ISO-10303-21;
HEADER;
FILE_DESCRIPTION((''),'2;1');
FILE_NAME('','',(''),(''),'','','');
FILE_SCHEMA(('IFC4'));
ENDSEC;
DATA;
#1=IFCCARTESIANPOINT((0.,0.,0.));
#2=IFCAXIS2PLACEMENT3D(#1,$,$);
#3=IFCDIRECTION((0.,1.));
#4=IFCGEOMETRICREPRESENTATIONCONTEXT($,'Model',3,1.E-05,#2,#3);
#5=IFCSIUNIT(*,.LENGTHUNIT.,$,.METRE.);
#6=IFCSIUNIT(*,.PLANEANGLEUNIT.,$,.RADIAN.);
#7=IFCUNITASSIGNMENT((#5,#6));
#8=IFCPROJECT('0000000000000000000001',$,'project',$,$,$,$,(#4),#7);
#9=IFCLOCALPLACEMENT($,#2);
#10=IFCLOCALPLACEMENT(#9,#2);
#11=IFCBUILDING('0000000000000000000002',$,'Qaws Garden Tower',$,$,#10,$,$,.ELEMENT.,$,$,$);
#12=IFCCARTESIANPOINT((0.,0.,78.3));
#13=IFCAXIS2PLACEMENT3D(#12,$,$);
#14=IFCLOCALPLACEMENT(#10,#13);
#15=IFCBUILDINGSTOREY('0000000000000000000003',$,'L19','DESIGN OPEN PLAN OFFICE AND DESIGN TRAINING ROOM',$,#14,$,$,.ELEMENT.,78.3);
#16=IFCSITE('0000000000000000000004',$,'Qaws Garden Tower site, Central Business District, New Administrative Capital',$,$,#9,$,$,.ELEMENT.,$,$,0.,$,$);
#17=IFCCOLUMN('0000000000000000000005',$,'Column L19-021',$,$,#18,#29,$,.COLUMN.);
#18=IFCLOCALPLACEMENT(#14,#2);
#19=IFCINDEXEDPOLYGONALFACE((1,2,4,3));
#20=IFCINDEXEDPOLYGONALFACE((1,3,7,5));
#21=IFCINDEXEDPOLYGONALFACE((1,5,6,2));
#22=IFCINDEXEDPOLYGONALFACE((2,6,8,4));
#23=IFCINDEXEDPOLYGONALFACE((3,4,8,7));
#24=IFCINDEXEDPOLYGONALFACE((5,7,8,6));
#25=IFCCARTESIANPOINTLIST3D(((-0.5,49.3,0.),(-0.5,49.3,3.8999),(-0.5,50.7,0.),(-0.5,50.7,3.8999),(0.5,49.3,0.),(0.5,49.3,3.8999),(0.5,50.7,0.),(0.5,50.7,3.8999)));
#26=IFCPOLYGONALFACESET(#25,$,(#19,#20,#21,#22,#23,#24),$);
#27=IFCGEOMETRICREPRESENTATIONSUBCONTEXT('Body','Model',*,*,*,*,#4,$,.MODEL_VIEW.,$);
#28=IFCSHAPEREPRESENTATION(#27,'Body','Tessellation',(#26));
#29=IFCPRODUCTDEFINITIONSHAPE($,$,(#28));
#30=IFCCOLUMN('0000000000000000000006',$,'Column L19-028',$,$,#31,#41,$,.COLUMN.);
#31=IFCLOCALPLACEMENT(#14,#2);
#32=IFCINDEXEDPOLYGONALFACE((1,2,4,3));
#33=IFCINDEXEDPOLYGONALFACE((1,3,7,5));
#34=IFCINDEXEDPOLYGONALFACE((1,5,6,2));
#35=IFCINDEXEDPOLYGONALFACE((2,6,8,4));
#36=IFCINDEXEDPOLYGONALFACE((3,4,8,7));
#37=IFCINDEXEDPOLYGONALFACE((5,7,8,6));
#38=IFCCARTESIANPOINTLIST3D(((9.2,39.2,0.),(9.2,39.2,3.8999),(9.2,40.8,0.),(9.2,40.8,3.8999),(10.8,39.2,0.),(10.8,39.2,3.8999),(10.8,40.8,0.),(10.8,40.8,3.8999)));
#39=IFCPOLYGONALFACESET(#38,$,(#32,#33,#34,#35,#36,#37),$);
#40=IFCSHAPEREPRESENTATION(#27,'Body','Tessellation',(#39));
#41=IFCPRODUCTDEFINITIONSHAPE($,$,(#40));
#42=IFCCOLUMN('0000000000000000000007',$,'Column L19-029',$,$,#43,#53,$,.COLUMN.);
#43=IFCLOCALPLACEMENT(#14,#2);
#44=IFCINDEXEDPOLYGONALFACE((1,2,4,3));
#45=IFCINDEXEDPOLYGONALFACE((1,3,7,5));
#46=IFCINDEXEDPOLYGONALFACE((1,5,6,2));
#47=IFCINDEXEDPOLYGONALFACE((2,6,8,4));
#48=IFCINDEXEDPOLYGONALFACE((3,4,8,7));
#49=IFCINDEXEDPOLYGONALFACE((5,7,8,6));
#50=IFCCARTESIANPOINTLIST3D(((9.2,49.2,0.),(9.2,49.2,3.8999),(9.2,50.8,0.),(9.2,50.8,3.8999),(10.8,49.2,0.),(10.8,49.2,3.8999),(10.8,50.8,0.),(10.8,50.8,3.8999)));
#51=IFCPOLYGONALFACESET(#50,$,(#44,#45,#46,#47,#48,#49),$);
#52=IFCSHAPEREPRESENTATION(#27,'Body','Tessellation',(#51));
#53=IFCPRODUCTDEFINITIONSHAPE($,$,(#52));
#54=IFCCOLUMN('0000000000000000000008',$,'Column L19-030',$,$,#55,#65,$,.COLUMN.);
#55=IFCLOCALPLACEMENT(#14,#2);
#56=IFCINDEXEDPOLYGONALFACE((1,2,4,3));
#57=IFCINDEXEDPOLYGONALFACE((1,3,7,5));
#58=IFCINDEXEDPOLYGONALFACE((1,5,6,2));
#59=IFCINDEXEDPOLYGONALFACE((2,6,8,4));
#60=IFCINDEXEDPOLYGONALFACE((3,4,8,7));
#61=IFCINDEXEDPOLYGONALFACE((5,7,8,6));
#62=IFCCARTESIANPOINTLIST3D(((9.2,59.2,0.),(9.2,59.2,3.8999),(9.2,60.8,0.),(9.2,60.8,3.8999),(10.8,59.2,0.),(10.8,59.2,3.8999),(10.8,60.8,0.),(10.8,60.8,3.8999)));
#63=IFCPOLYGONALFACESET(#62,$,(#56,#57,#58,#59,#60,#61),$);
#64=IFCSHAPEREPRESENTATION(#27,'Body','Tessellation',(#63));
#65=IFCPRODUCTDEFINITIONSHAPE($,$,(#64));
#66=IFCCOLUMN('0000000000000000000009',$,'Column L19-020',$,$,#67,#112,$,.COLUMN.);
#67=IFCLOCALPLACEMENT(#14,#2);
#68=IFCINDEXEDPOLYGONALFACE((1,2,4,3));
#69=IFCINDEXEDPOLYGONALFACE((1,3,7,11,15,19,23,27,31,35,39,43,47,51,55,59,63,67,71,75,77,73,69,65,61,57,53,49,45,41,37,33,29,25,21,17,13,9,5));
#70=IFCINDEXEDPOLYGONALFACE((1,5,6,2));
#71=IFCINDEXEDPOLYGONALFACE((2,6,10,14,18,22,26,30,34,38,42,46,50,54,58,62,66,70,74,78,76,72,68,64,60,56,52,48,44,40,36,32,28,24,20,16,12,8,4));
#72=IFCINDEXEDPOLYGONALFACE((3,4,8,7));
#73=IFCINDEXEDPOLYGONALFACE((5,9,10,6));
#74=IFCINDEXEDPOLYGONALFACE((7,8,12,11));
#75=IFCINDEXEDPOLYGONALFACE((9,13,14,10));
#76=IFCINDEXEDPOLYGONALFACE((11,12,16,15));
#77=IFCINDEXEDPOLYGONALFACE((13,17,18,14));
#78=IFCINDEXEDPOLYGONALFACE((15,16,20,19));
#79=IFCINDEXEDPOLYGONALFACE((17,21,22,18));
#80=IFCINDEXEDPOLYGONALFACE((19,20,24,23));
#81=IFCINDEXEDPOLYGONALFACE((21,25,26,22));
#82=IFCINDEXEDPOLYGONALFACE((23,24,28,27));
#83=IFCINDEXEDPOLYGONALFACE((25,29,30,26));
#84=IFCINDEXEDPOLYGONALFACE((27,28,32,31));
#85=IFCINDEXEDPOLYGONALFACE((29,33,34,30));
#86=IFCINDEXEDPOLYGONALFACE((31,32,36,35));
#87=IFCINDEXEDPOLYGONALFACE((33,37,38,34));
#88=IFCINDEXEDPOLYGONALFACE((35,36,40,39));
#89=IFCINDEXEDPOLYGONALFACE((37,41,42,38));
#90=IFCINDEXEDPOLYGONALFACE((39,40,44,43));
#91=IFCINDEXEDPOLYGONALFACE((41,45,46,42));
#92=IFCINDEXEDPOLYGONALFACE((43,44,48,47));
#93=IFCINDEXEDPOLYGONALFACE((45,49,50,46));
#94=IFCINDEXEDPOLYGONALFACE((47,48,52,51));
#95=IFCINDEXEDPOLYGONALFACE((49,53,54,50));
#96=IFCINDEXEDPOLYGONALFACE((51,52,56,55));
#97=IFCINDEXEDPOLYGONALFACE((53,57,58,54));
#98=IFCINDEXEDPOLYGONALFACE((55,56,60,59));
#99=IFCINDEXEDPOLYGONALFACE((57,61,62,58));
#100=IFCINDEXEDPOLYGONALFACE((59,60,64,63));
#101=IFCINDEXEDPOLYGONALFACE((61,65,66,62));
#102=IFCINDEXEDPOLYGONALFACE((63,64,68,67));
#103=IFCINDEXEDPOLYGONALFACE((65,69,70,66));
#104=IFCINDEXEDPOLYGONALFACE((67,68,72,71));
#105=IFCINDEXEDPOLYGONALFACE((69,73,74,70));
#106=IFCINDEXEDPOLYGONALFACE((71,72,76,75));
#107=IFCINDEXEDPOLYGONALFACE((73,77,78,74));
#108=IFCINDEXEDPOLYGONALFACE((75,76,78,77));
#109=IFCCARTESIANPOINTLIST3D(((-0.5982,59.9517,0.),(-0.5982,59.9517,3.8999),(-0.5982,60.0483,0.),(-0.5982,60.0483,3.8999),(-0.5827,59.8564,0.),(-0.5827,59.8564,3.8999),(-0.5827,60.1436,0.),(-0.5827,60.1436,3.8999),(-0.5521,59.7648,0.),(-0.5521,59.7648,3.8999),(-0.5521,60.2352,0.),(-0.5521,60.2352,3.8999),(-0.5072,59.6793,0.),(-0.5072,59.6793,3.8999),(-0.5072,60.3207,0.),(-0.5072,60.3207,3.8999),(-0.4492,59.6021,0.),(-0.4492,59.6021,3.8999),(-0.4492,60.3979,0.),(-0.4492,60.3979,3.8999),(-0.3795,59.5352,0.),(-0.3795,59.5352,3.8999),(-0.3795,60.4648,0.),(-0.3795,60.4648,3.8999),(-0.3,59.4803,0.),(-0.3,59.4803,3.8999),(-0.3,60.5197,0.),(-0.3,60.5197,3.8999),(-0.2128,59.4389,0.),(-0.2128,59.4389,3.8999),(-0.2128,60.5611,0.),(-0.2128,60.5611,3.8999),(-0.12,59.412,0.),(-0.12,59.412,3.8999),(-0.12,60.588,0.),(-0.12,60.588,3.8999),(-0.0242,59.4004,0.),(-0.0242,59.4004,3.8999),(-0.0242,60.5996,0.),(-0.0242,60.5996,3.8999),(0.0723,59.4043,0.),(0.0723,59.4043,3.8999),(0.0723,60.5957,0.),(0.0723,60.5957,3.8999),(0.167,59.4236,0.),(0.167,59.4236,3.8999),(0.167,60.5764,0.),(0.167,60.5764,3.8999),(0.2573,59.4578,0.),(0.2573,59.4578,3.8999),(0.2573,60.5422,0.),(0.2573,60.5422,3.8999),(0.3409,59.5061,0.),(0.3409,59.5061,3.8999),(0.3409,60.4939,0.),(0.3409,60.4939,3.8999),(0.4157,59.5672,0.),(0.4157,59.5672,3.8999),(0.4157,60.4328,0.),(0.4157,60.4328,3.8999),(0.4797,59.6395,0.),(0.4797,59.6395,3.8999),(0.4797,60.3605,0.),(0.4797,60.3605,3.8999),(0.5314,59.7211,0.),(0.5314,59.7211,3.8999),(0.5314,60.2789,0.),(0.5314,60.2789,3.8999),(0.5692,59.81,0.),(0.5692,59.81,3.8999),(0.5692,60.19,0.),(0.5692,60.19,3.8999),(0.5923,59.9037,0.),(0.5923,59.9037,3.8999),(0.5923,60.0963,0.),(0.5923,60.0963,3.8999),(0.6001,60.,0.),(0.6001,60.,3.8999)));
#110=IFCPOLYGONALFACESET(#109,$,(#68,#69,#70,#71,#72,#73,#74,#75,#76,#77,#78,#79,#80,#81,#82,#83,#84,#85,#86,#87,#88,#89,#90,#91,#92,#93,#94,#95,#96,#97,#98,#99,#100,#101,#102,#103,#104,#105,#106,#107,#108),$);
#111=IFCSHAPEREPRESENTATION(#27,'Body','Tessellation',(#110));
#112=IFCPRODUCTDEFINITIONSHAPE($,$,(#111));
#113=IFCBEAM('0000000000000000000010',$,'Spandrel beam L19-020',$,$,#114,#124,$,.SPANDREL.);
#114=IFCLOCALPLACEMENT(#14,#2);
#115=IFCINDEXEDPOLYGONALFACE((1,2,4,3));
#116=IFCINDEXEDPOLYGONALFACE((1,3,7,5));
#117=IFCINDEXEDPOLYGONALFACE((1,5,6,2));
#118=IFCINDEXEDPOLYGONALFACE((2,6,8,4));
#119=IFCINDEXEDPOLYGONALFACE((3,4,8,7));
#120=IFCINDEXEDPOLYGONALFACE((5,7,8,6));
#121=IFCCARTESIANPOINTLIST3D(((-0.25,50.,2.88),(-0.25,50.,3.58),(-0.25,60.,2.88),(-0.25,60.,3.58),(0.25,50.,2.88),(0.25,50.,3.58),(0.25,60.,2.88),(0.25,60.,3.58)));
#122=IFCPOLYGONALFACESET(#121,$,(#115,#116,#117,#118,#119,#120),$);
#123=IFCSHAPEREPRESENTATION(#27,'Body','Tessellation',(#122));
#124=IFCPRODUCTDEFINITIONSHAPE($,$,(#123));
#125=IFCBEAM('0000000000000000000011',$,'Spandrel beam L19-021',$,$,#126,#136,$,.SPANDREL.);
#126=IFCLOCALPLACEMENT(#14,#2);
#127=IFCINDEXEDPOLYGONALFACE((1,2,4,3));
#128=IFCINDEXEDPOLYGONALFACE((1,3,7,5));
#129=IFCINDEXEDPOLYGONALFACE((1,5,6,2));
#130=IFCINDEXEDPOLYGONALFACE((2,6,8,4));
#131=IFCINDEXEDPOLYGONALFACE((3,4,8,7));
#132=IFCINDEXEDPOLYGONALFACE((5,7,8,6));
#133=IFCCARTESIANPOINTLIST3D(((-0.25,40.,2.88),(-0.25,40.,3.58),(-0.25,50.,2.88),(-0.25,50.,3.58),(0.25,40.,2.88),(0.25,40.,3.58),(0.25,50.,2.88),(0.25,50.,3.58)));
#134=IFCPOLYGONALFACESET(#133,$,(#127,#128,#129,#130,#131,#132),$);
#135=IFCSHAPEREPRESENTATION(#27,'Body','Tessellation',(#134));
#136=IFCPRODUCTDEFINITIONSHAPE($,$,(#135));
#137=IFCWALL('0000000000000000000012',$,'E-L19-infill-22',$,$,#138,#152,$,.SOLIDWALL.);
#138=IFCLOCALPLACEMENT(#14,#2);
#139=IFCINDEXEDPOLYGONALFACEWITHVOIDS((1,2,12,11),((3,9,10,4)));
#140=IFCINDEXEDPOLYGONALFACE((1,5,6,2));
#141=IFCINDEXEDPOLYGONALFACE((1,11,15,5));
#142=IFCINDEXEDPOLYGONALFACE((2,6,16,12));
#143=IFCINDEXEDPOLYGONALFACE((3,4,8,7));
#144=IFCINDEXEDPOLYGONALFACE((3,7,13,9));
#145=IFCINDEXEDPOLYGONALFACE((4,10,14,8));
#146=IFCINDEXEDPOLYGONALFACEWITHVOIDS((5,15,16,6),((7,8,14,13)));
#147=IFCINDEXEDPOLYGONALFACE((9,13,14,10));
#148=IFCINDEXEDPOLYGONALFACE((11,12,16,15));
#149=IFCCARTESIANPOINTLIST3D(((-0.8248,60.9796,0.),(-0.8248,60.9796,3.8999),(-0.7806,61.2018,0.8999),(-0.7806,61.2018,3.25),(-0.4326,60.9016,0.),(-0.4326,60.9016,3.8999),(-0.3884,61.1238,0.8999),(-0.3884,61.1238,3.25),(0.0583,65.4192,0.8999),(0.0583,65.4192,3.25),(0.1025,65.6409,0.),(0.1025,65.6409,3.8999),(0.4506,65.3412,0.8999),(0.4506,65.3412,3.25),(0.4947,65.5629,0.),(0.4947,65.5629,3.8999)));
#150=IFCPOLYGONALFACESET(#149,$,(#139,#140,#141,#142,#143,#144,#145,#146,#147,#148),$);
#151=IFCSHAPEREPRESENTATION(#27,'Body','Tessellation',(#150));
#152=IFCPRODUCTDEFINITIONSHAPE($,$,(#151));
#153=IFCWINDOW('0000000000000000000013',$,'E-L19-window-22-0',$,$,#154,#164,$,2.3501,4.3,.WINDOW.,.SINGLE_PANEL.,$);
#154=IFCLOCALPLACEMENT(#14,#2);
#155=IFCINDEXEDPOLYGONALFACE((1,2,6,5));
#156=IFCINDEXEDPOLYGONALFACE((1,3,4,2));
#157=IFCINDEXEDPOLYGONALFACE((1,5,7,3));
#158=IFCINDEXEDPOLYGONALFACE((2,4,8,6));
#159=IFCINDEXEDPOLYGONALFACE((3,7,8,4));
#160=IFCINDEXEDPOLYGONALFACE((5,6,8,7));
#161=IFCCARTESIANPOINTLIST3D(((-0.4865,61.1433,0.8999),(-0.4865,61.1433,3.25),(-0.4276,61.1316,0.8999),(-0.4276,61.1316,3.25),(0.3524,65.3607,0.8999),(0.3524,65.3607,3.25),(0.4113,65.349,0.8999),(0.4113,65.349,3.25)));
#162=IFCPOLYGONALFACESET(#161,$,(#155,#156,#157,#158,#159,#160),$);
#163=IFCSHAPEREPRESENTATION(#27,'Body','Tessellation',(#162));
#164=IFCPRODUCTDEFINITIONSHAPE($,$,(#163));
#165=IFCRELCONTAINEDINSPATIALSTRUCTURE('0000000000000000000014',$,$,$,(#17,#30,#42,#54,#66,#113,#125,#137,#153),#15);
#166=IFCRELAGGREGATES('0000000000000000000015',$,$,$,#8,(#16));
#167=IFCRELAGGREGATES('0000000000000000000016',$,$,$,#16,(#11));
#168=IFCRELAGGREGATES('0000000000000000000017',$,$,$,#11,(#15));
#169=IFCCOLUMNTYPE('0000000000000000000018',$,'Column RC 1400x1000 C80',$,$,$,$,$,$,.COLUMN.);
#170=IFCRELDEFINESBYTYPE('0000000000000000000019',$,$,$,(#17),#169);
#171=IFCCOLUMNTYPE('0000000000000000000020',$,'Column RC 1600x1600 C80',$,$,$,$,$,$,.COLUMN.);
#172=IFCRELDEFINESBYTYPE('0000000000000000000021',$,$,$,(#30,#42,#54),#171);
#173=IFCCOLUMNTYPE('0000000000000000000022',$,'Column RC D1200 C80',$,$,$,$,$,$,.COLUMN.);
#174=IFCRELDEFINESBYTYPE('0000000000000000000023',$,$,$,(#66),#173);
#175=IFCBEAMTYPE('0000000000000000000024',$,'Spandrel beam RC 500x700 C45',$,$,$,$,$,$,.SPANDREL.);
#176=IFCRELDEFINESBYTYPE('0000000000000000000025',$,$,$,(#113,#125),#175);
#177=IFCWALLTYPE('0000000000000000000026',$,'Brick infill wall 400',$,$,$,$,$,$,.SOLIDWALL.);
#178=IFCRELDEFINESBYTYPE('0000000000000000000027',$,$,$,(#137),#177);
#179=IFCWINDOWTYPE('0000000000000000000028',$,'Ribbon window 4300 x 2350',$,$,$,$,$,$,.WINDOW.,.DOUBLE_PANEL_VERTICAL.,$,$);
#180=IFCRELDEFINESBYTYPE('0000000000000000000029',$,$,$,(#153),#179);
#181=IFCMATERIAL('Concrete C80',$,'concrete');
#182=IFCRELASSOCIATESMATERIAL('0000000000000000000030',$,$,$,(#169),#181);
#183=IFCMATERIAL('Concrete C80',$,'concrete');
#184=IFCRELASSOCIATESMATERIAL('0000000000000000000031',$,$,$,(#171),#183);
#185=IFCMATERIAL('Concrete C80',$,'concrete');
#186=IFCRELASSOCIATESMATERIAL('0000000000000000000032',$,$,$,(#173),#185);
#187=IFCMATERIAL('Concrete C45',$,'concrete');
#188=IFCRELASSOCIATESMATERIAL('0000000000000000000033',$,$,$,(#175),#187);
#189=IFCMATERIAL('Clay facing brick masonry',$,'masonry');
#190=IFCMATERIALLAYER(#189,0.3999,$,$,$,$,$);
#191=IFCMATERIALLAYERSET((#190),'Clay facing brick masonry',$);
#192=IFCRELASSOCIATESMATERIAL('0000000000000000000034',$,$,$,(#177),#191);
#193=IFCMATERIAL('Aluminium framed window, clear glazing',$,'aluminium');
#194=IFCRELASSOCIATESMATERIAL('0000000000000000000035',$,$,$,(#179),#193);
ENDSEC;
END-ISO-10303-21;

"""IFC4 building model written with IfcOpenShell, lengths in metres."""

from ifc_helpers import new_model, si_unit, direction, frame, frame_2d, origin, origin_2d, place, context, subcontext, project, spatial, rectangle, circle, extrude, material, layer, layer_set, material_profile, profile_set, type_object, element, fill, save


model = new_model("IFC4")

# Units and contexts
model_context = context("Model", 3, precision=1e-05, world=origin(), true_north=direction((0.0, 1.0)))
body_context = subcontext(model_context, "Body", "Model", "MODEL_VIEW")
ifc_project = project(units=[si_unit("LENGTHUNIT", "METRE"), si_unit("PLANEANGLEUNIT", "RADIAN")], contexts=[model_context])

# Site, building, storey
site_placement = place(None, origin())
site = spatial("IfcSite", under=ifc_project, at=site_placement, Name="Qaws Garden Tower site, Central Business District, New Administrative Capital", CompositionType="ELEMENT", RefElevation=0.0)
building_placement = place(site_placement, origin())
building = spatial("IfcBuilding", under=site, at=building_placement, Name="Qaws Garden Tower", CompositionType="ELEMENT")
storey_placement = place(building_placement, frame((0.0, 0.0, 78.3)))
storey = spatial("IfcBuildingStorey", under=building, at=storey_placement, Name="L19", Description="DESIGN OPEN PLAN OFFICE AND DESIGN TRAINING ROOM", CompositionType="ELEMENT", Elevation=78.3)

# Columns
ifc_material_1 = material(Name="Concrete C80", Category="concrete")
ifc_material_profile_1 = material_profile(ifc_material_1, rectangle(XDim=1.3999, YDim=1.0, at=origin_2d()), Name="RC 1400x1000")
ifc_profile_set_1 = profile_set([ifc_material_profile_1], Name="Concrete C80")
column_type_1 = type_object("IfcColumnType", Name="Column RC 1400x1000 C80", PredefinedType="COLUMN", material=ifc_profile_set_1)
column_1_placement = place(storey_placement, frame((0.0, 50.0, 0.0), z_axis=(0.0, 0.0, 1.0), x_axis=(0.0, 1.0, 0.0)))
element("IfcColumn", 1, at=column_1_placement, inside=storey, type_object=column_type_1, Name="Column L19-021", PredefinedType="COLUMN", context=body_context, shape_type="SweptSolid", body=[
    extrude(rectangle(XDim=1.3999, YDim=1.0, at=origin_2d()), origin(), (0.0, 0.0, 1.0), 3.8999),
])
ifc_material_2 = material(Name="Concrete C80", Category="concrete")
ifc_material_profile_2 = material_profile(ifc_material_2, rectangle(XDim=1.6001, YDim=1.6001, at=origin_2d()), Name="RC 1600x1600")
ifc_profile_set_2 = profile_set([ifc_material_profile_2], Name="Concrete C80")
column_type_2 = type_object("IfcColumnType", Name="Column RC 1600x1600 C80", PredefinedType="COLUMN", material=ifc_profile_set_2)
for number, where, z_axis, x_axis, name in (
    (2, (10.0, 40.0, 0.0), (0.0, 0.0, 1.0), (1.0, 0.0, 0.0), "Column L19-028"),
    (3, (10.0, 50.0, 0.0), (0.0, 0.0, 1.0), (1.0, 0.0, 0.0), "Column L19-029"),
    (4, (10.0, 60.0, 0.0), (0.0, 0.0, 1.0), (1.0, 0.0, 0.0), "Column L19-030"),
):
    element("IfcColumn", number, at=place(storey_placement, frame(where, z_axis=z_axis, x_axis=x_axis)), inside=storey, type_object=column_type_2, Name=name, PredefinedType="COLUMN", context=body_context, shape_type="SweptSolid", body=[
        extrude(rectangle(XDim=1.6001, YDim=1.6001, at=origin_2d()), origin(), (0.0, 0.0, 1.0), 3.8999),
    ])
ifc_material_3 = material(Name="Concrete C80", Category="concrete")
ifc_material_profile_3 = material_profile(ifc_material_3, circle(Radius=0.6001, at=origin_2d()), Name="RC D1200")
ifc_profile_set_3 = profile_set([ifc_material_profile_3], Name="Concrete C80")
column_type_3 = type_object("IfcColumnType", Name="Column RC D1200 C80", PredefinedType="COLUMN", material=ifc_profile_set_3)
column_2_placement = place(storey_placement, frame((0.0, 60.0, 0.0), z_axis=(0.0, 0.0, 1.0), x_axis=(1.0, 0.0, 0.0)))
element("IfcColumn", 5, at=column_2_placement, inside=storey, type_object=column_type_3, Name="Column L19-020", PredefinedType="COLUMN", context=body_context, shape_type="SweptSolid", body=[
    extrude(circle(Radius=0.6001, at=origin_2d()), origin(), (0.0, 0.0, 1.0), 3.8999),
])

# Beams
ifc_material_4 = material(Name="Concrete C45", Category="concrete")
ifc_material_profile_4 = material_profile(ifc_material_4, rectangle(XDim=0.5, YDim=0.7, at=origin_2d()), Name="RC 500x700")
ifc_profile_set_4 = profile_set([ifc_material_profile_4], Name="Concrete C45")
beam_type = type_object("IfcBeamType", Name="Spandrel beam RC 500x700 C45", PredefinedType="SPANDREL", material=ifc_profile_set_4)
for number, where, z_axis, x_axis, name in (
    (6, (0.0, 60.0, 3.23), (0.0, -1.0, 0.0), (1.0, 0.0, 0.0), "Spandrel beam L19-020"),
    (7, (0.0, 50.0, 3.23), (0.0, -1.0, 0.0), (1.0, 0.0, 0.0), "Spandrel beam L19-021"),
):
    element("IfcBeam", number, at=place(storey_placement, frame(where, z_axis=z_axis, x_axis=x_axis)), inside=storey, type_object=beam_type, Name=name, PredefinedType="SPANDREL", context=body_context, shape_type="SweptSolid", body=[
        extrude(rectangle(XDim=0.5, YDim=0.7, at=origin_2d()), origin(), (0.0, 0.0, 1.0), 10.0),
    ])

# Wall, opening, window
ifc_material_5 = material(Name="Clay facing brick masonry", Category="masonry")
ifc_layer_1 = layer(ifc_material_5, 0.3999)
ifc_layer_set_1 = layer_set([ifc_layer_1], Name="Clay facing brick masonry")
wall_type_1 = type_object("IfcWallType", Name="Brick infill wall 400", PredefinedType="SOLIDWALL", material=ifc_layer_set_1)
wall_1_placement = place(storey_placement, frame((0.2986, 65.6021, 0.0), z_axis=(0.0, 0.0, 1.0), x_axis=(-0.195099, -0.980784, 0.0)))
wall_1 = element("IfcWall", 8, at=wall_1_placement, inside=storey, type_object=wall_type_1, Name="E-L19-infill-22", PredefinedType="SOLIDWALL", context=body_context, shape_type="SweptSolid", body=[
    extrude(rectangle(XDim=4.7527, YDim=0.3999, at=frame_2d((2.3765, 0.0))), origin(), (0.0, 0.0, 1.0), 3.8999),
])
opening_1_placement = place(wall_1_placement, frame((0.2263, 0.0, 0.8999)))
opening_1 = element("IfcOpeningElement", 9, at=opening_1_placement, cuts=wall_1, PredefinedType="OPENING", context=body_context, shape_type="SweptSolid", body=[
    extrude(rectangle(XDim=4.3, YDim=2.3501, at=frame_2d((2.1499, 1.175))), frame((0.0, 0.21, 0.0), z_axis=(0.0, -1.0, 0.0), x_axis=(1.0, 0.0, 0.0)), (0.0, 0.0, 1.0), 0.4199),
])
ifc_material_6 = material(Name="Aluminium framed window, clear glazing", Category="aluminium")
window_type_1 = type_object("IfcWindowType", Name="Ribbon window 4300 x 2350", PartitioningType="DOUBLE_PANEL_VERTICAL", PredefinedType="WINDOW", material=ifc_material_6)
window_1_placement = place(opening_1_placement, origin())
window_1 = element("IfcWindow", 10, at=window_1_placement, inside=storey, type_object=window_type_1, Name="E-L19-window-22-0", OverallHeight=2.3501, OverallWidth=4.3, PartitioningType="SINGLE_PANEL", PredefinedType="WINDOW", context=body_context, shape_type="SweptSolid", body=[
    extrude(rectangle(XDim=4.3, YDim=2.3501, at=frame_2d((2.1499, 1.175))), frame((0.0, 0.1599, 0.0), z_axis=(0.0, -1.0, 0.0), x_axis=(1.0, 0.0, 0.0)), (0.0, 0.0, 1.0), 0.0601),
])
fill(opening_1, window_1)

save(model, "model.ifc")
